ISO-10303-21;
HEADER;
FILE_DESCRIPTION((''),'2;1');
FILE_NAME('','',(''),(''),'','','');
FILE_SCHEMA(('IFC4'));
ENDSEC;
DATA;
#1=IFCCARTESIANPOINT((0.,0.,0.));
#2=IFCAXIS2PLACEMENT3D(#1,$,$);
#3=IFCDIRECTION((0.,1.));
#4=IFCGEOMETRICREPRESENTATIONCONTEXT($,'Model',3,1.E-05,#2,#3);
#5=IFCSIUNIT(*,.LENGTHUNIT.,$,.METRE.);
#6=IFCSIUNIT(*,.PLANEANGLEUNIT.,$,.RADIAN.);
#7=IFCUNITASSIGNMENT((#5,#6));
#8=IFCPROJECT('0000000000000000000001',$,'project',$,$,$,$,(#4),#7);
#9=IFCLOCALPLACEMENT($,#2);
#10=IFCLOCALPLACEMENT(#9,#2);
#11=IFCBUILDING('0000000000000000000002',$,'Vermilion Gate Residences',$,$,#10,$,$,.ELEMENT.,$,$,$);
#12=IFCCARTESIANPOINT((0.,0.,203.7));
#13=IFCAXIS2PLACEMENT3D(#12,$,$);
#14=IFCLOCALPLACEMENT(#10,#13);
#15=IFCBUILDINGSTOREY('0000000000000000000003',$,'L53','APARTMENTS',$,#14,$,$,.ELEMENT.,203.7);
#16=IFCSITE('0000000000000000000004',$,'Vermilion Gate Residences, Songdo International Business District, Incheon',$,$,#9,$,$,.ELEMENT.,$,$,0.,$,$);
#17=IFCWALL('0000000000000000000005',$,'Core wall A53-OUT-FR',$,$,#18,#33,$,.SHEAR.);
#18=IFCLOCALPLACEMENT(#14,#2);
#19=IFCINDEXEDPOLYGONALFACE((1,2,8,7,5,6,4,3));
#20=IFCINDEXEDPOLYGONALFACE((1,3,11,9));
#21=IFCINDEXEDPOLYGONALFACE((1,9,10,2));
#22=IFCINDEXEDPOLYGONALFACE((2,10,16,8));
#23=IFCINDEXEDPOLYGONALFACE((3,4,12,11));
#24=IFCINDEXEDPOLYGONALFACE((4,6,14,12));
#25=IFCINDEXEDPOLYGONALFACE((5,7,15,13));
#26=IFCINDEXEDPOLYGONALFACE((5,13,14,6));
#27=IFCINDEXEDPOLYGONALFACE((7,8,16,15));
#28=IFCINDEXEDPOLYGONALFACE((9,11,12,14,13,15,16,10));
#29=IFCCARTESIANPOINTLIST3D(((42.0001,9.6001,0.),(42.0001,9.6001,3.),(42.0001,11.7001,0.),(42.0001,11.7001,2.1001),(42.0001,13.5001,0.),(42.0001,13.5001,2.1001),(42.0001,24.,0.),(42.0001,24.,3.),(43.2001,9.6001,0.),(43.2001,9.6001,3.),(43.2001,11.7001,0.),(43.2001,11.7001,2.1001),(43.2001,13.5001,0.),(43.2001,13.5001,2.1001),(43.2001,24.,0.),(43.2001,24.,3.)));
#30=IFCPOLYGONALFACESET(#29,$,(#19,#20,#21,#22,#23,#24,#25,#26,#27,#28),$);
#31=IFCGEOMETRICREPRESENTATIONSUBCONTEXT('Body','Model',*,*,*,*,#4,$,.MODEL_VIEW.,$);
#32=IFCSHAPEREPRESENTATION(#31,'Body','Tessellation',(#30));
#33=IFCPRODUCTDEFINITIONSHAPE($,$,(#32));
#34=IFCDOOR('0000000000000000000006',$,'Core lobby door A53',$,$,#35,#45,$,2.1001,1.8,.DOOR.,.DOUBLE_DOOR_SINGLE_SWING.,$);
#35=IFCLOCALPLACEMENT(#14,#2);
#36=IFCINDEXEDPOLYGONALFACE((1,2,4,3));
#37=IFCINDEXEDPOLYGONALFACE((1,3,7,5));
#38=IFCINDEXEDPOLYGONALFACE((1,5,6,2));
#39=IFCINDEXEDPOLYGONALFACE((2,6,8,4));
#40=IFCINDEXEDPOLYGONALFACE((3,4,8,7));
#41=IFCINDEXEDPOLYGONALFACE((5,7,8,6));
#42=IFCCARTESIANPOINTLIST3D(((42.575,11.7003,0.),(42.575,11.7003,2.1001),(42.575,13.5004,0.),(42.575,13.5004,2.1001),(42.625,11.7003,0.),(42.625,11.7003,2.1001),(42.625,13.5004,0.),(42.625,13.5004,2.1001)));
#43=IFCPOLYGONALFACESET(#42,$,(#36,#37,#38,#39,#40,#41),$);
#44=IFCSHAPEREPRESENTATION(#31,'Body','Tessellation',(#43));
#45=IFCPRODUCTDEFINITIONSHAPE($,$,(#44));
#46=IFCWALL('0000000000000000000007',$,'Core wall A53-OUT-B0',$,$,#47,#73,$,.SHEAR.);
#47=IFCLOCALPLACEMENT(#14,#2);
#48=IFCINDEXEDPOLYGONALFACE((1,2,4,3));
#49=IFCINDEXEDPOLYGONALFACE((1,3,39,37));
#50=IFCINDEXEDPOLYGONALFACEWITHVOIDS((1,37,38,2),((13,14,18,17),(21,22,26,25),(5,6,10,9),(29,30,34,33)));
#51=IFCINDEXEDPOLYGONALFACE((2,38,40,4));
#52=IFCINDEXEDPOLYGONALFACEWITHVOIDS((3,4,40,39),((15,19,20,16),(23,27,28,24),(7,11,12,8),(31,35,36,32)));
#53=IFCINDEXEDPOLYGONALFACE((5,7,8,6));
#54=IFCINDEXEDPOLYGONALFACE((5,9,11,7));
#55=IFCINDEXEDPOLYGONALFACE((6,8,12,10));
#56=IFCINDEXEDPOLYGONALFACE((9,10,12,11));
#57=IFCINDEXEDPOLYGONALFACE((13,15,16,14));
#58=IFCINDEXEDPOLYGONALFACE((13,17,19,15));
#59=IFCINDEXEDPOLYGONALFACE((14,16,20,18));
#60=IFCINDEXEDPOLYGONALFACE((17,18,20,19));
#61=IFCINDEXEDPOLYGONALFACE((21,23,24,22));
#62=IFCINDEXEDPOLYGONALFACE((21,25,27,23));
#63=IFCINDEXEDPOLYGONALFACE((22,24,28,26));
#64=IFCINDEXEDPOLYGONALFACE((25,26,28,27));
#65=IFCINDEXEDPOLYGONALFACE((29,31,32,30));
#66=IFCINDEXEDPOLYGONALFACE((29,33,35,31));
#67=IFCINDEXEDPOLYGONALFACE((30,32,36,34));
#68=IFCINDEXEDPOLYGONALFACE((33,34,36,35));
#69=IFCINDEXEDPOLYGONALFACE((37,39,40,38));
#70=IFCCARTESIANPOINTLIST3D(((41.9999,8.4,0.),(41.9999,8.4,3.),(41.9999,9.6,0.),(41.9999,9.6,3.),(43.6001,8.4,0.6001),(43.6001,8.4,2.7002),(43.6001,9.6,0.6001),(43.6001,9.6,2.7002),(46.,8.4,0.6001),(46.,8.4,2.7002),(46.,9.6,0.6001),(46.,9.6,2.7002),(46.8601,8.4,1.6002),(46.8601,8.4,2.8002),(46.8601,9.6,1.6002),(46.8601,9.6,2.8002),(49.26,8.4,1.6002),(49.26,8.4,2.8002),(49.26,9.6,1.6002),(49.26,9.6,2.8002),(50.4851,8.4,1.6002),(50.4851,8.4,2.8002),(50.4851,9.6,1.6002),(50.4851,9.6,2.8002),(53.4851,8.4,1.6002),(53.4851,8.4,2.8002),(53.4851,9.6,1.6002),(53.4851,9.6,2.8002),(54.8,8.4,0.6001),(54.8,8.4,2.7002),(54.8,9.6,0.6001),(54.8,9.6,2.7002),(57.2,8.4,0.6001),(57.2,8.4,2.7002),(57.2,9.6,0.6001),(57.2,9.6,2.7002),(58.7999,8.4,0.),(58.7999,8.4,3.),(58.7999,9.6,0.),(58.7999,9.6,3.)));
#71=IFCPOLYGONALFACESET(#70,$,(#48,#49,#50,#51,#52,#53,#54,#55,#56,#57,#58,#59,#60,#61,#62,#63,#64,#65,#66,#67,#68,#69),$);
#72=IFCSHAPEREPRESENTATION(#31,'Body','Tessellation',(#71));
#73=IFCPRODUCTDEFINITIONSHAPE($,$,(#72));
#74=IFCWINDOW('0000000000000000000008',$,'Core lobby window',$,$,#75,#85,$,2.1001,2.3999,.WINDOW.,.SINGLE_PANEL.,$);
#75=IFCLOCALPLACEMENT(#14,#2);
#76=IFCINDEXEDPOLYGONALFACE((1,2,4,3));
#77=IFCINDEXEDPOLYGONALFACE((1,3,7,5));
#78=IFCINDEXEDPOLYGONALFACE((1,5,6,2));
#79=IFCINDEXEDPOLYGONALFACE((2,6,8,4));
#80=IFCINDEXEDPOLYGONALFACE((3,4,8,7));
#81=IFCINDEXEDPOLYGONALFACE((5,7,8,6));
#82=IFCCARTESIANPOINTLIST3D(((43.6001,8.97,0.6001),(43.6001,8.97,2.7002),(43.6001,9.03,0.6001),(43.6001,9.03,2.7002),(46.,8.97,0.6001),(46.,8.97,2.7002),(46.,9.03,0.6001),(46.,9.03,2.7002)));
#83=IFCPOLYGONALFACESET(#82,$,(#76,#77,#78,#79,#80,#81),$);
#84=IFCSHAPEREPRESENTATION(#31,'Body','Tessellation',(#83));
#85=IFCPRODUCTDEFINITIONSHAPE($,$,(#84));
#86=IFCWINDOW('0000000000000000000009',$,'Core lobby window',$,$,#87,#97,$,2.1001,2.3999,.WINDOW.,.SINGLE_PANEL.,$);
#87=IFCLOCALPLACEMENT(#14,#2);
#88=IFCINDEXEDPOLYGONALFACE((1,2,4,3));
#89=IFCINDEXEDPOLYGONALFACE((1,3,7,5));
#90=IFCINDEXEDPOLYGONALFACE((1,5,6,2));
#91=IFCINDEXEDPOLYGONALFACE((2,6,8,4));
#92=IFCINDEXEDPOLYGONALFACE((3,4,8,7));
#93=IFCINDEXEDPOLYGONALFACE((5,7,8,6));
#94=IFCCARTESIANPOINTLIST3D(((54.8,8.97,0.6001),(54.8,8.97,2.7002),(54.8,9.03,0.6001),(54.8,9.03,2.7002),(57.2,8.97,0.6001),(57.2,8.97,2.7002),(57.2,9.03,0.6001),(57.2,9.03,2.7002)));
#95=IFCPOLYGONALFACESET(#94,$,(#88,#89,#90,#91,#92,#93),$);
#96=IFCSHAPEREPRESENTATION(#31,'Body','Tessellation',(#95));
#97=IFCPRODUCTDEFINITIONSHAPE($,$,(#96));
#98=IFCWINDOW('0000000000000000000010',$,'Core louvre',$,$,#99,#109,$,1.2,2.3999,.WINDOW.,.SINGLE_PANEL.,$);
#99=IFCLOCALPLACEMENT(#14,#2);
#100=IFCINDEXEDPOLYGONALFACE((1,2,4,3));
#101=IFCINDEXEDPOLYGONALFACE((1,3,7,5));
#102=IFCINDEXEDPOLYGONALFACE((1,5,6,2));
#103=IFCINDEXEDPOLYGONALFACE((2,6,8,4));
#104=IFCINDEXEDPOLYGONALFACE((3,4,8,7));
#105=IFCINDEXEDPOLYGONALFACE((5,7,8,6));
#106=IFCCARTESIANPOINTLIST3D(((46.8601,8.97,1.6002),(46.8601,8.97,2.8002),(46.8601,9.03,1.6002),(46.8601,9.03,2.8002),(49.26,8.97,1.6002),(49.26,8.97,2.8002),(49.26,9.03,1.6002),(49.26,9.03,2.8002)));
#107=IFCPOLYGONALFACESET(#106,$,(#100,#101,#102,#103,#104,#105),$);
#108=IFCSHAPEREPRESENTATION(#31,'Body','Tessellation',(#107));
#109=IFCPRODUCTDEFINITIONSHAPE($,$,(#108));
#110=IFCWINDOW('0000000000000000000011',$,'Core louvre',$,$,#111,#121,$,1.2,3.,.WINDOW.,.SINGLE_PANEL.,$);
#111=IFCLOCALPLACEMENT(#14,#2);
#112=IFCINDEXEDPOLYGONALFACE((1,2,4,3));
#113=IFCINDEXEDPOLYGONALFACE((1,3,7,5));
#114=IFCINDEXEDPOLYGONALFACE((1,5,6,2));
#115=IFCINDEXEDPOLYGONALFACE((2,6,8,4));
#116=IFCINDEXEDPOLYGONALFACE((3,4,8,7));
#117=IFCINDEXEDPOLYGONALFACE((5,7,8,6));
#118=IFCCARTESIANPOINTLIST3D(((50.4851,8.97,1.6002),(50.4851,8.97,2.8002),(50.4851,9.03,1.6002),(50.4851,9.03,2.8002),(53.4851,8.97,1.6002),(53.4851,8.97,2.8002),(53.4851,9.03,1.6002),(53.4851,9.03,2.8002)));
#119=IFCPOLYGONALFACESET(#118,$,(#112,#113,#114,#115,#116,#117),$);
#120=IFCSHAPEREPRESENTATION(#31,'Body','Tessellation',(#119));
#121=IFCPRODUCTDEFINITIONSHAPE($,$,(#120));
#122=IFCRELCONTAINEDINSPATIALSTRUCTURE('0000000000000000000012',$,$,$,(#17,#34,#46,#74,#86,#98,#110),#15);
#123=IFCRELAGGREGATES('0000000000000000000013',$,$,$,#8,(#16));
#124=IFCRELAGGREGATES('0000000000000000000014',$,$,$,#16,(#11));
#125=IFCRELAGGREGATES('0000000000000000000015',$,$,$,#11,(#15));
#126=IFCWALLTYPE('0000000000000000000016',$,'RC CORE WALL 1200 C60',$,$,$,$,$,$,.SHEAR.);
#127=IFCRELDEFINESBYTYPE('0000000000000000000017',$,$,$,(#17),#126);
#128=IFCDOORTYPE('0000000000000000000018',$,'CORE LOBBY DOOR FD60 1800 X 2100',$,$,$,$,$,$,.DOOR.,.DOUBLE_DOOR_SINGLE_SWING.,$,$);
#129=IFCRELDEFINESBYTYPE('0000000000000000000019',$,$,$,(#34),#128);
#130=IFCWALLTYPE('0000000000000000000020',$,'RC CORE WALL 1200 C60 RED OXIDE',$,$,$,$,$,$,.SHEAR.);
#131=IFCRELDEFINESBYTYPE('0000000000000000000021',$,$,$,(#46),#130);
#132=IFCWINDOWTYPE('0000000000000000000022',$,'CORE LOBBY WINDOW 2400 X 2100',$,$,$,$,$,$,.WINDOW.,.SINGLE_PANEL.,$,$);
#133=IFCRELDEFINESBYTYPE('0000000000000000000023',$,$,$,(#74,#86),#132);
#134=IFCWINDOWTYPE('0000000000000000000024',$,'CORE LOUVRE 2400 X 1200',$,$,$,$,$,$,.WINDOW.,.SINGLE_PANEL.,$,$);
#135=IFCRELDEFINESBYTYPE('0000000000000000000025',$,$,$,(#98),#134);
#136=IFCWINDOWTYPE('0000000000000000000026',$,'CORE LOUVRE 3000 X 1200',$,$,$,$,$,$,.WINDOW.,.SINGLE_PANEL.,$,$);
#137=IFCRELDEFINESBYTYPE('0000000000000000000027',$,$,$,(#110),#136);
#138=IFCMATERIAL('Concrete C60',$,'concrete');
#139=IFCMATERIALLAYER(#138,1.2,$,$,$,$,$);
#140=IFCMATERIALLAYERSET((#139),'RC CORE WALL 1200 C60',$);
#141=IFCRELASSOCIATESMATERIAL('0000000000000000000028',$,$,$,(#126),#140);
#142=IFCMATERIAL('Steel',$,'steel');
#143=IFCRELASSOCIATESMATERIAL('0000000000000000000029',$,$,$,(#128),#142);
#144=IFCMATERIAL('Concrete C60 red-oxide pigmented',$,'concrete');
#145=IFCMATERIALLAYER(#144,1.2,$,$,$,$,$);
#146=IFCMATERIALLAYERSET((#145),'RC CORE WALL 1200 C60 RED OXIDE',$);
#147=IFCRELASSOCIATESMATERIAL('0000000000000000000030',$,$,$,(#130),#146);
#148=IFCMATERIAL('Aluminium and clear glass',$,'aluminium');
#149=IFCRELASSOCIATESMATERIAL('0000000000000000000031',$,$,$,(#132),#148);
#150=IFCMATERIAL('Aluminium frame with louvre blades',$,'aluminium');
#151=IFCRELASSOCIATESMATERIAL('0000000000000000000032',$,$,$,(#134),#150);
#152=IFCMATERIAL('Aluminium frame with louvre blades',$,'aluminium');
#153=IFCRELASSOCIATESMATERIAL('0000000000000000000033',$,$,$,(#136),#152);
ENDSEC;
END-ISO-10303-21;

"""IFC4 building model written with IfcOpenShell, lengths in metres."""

from ifc_helpers import new_model, si_unit, direction, frame, frame_2d, origin, place, context, subcontext, project, spatial, rectangle, extrude, material, layer, layer_set, type_object, element, fill, save


model = new_model("IFC4")

# Units and contexts
model_context = context("Model", 3, precision=1e-05, world=origin(), true_north=direction((0.0, 1.0)))
body_context = subcontext(model_context, "Body", "Model", "MODEL_VIEW")
ifc_project = project(units=[si_unit("LENGTHUNIT", "METRE"), si_unit("PLANEANGLEUNIT", "RADIAN")], contexts=[model_context])

# Site, building, storey
site_placement = place(None, origin())
site = spatial("IfcSite", under=ifc_project, at=site_placement, Name="Vermilion Gate Residences, Songdo International Business District, Incheon", CompositionType="ELEMENT", RefElevation=0.0)
building_placement = place(site_placement, origin())
building = spatial("IfcBuilding", under=site, at=building_placement, Name="Vermilion Gate Residences", CompositionType="ELEMENT")
storey_placement = place(building_placement, frame((0.0, 0.0, 203.7)))
storey = spatial("IfcBuildingStorey", under=building, at=storey_placement, Name="L53", Description="APARTMENTS", CompositionType="ELEMENT", Elevation=203.7)

# Wall, opening, door
ifc_material_1 = material(Name="Concrete C60", Category="concrete")
ifc_layer_1 = layer(ifc_material_1, 1.2)
ifc_layer_set_1 = layer_set([ifc_layer_1], Name="RC CORE WALL 1200 C60")
wall_type_1 = type_object("IfcWallType", Name="RC CORE WALL 1200 C60", PredefinedType="SHEAR", material=ifc_layer_set_1)
wall_1_placement = place(storey_placement, frame((42.6001, 9.6001, 0.0), z_axis=(0.0, 0.0, 1.0), x_axis=(0.0, 1.0, 0.0)))
wall_1 = element("IfcWall", 1, at=wall_1_placement, inside=storey, type_object=wall_type_1, Name="Core wall A53-OUT-FR", PredefinedType="SHEAR", context=body_context, shape_type="SweptSolid", body=[
    extrude(rectangle(XDim=14.3999, YDim=1.2, at=frame_2d((7.2, 0.0))), origin(), (0.0, 0.0, 1.0), 3.0),
])
opening_1_placement = place(wall_1_placement, frame((2.1001, 0.0, 0.0)))
opening_1 = element("IfcOpeningElement", 2, at=opening_1_placement, cuts=wall_1, PredefinedType="OPENING", context=body_context, shape_type="SweptSolid", body=[
    extrude(rectangle(XDim=1.8, YDim=2.1001, at=frame_2d((0.8999, 1.05))), frame((0.0, 0.6099, 0.0), z_axis=(0.0, -1.0, 0.0), x_axis=(1.0, 0.0, 0.0)), (0.0, 0.0, 1.0), 1.22),
])
ifc_material_2 = material(Name="Steel", Category="steel")
door_type_1 = type_object("IfcDoorType", Name="CORE LOBBY DOOR FD60 1800 X 2100", OperationType="DOUBLE_DOOR_SINGLE_SWING", PredefinedType="DOOR", material=ifc_material_2)
door_1_placement = place(opening_1_placement, frame((1.8, 0.0, 0.0), z_axis=(0.0, 0.0, 1.0), x_axis=(-1.0, 0.0, 0.0)))
door_1 = element("IfcDoor", 3, at=door_1_placement, inside=storey, type_object=door_type_1, Name="Core lobby door A53", OperationType="DOUBLE_DOOR_SINGLE_SWING", OverallHeight=2.1001, OverallWidth=1.8, PredefinedType="DOOR", context=body_context, shape_type="SweptSolid", body=[
    extrude(rectangle(XDim=1.8, YDim=2.1001, at=frame_2d((0.8999, 1.05))), frame((0.0, 0.0249, 0.0), z_axis=(0.0, -1.0, 0.0), x_axis=(1.0, 0.0, 0.0)), (0.0, 0.0, 1.0), 0.05),
])
fill(opening_1, door_1)

# Wall, openings, windows
ifc_material_3 = material(Name="Concrete C60 red-oxide pigmented", Category="concrete")
ifc_layer_2 = layer(ifc_material_3, 1.2)
ifc_layer_set_2 = layer_set([ifc_layer_2], Name="RC CORE WALL 1200 C60 RED OXIDE")
wall_type_2 = type_object("IfcWallType", Name="RC CORE WALL 1200 C60 RED OXIDE", PredefinedType="SHEAR", material=ifc_layer_set_2)
wall_2_placement = place(storey_placement, frame((42.0, 9.0, 0.0), z_axis=(0.0, 0.0, 1.0), x_axis=(1.0, 0.0, 0.0)))
wall_2 = element("IfcWall", 4, at=wall_2_placement, inside=storey, type_object=wall_type_2, Name="Core wall A53-OUT-B0", PredefinedType="SHEAR", context=body_context, shape_type="SweptSolid", body=[
    extrude(rectangle(XDim=16.8, YDim=1.2, at=frame_2d((8.3999, 0.0))), origin(), (0.0, 0.0, 1.0), 3.0),
])
opening_2_placement = place(wall_2_placement, frame((1.6001, 0.0, 0.6001)))
opening_2 = element("IfcOpeningElement", 5, at=opening_2_placement, cuts=wall_2, PredefinedType="OPENING", context=body_context, shape_type="SweptSolid", body=[
    extrude(rectangle(XDim=2.3999, YDim=2.1001, at=frame_2d((1.2, 1.05))), frame((0.0, 0.6099, 0.0), z_axis=(0.0, -1.0, 0.0), x_axis=(1.0, 0.0, 0.0)), (0.0, 0.0, 1.0), 1.22),
])
opening_3_placement = place(wall_2_placement, frame((4.8601, 0.0, 1.6001)))
opening_3 = element("IfcOpeningElement", 6, at=opening_3_placement, cuts=wall_2, PredefinedType="OPENING", context=body_context, shape_type="SweptSolid", body=[
    extrude(rectangle(XDim=2.3999, YDim=1.2, at=frame_2d((1.2, 0.6001))), frame((0.0, 0.6099, 0.0), z_axis=(0.0, -1.0, 0.0), x_axis=(1.0, 0.0, 0.0)), (0.0, 0.0, 1.0), 1.22),
])
opening_4_placement = place(wall_2_placement, frame((8.4851, 0.0, 1.6001)))
opening_4 = element("IfcOpeningElement", 7, at=opening_4_placement, cuts=wall_2, PredefinedType="OPENING", context=body_context, shape_type="SweptSolid", body=[
    extrude(rectangle(XDim=3.0, YDim=1.2, at=frame_2d((1.5, 0.6001))), frame((0.0, 0.6099, 0.0), z_axis=(0.0, -1.0, 0.0), x_axis=(1.0, 0.0, 0.0)), (0.0, 0.0, 1.0), 1.22),
])
opening_5_placement = place(wall_2_placement, frame((12.8, 0.0, 0.6001)))
opening_5 = element("IfcOpeningElement", 8, at=opening_5_placement, cuts=wall_2, PredefinedType="OPENING", context=body_context, shape_type="SweptSolid", body=[
    extrude(rectangle(XDim=2.3999, YDim=2.1001, at=frame_2d((1.2, 1.05))), frame((0.0, 0.6099, 0.0), z_axis=(0.0, -1.0, 0.0), x_axis=(1.0, 0.0, 0.0)), (0.0, 0.0, 1.0), 1.22),
])
ifc_material_4 = material(Name="Aluminium and clear glass", Category="aluminium")
window_type_1 = type_object("IfcWindowType", Name="CORE LOBBY WINDOW 2400 X 2100", PartitioningType="SINGLE_PANEL", PredefinedType="WINDOW", material=ifc_material_4)
window_1_placement = place(opening_2_placement, origin())
window_1 = element("IfcWindow", 9, at=window_1_placement, inside=storey, type_object=window_type_1, Name="Core lobby window", OverallHeight=2.1001, OverallWidth=2.3999, PartitioningType="SINGLE_PANEL", PredefinedType="WINDOW", context=body_context, shape_type="SweptSolid", body=[
    extrude(rectangle(XDim=2.3999, YDim=2.1001, at=frame_2d((1.2, 1.05))), frame((0.0, 0.03, 0.0), z_axis=(0.0, -1.0, 0.0), x_axis=(1.0, 0.0, 0.0)), (0.0, 0.0, 1.0), 0.0601),
])
fill(opening_2, window_1)
window_2_placement = place(opening_5_placement, origin())
window_2 = element("IfcWindow", 10, at=window_2_placement, inside=storey, type_object=window_type_1, Name="Core lobby window", OverallHeight=2.1001, OverallWidth=2.3999, PartitioningType="SINGLE_PANEL", PredefinedType="WINDOW", context=body_context, shape_type="SweptSolid", body=[
    extrude(rectangle(XDim=2.3999, YDim=2.1001, at=frame_2d((1.2, 1.05))), frame((0.0, 0.03, 0.0), z_axis=(0.0, -1.0, 0.0), x_axis=(1.0, 0.0, 0.0)), (0.0, 0.0, 1.0), 0.0601),
])
fill(opening_5, window_2)
ifc_material_5 = material(Name="Aluminium frame with louvre blades", Category="aluminium")
window_type_2 = type_object("IfcWindowType", Name="CORE LOUVRE 2400 X 1200", PartitioningType="SINGLE_PANEL", PredefinedType="WINDOW", material=ifc_material_5)
window_3_placement = place(opening_3_placement, origin())
window_3 = element("IfcWindow", 11, at=window_3_placement, inside=storey, type_object=window_type_2, Name="Core louvre", OverallHeight=1.2, OverallWidth=2.3999, PartitioningType="SINGLE_PANEL", PredefinedType="WINDOW", context=body_context, shape_type="SweptSolid", body=[
    extrude(rectangle(XDim=2.3999, YDim=1.2, at=frame_2d((1.2, 0.6001))), frame((0.0, 0.03, 0.0), z_axis=(0.0, -1.0, 0.0), x_axis=(1.0, 0.0, 0.0)), (0.0, 0.0, 1.0), 0.0601),
])
fill(opening_3, window_3)
ifc_material_6 = material(Name="Aluminium frame with louvre blades", Category="aluminium")
window_type_3 = type_object("IfcWindowType", Name="CORE LOUVRE 3000 X 1200", PartitioningType="SINGLE_PANEL", PredefinedType="WINDOW", material=ifc_material_6)
window_4_placement = place(opening_4_placement, origin())
window_4 = element("IfcWindow", 12, at=window_4_placement, inside=storey, type_object=window_type_3, Name="Core louvre", OverallHeight=1.2, OverallWidth=3.0, PartitioningType="SINGLE_PANEL", PredefinedType="WINDOW", context=body_context, shape_type="SweptSolid", body=[
    extrude(rectangle(XDim=3.0, YDim=1.2, at=frame_2d((1.5, 0.6001))), frame((0.0, 0.03, 0.0), z_axis=(0.0, -1.0, 0.0), x_axis=(1.0, 0.0, 0.0)), (0.0, 0.0, 1.0), 0.0601),
])
fill(opening_4, window_4)

save(model, "model.ifc")
